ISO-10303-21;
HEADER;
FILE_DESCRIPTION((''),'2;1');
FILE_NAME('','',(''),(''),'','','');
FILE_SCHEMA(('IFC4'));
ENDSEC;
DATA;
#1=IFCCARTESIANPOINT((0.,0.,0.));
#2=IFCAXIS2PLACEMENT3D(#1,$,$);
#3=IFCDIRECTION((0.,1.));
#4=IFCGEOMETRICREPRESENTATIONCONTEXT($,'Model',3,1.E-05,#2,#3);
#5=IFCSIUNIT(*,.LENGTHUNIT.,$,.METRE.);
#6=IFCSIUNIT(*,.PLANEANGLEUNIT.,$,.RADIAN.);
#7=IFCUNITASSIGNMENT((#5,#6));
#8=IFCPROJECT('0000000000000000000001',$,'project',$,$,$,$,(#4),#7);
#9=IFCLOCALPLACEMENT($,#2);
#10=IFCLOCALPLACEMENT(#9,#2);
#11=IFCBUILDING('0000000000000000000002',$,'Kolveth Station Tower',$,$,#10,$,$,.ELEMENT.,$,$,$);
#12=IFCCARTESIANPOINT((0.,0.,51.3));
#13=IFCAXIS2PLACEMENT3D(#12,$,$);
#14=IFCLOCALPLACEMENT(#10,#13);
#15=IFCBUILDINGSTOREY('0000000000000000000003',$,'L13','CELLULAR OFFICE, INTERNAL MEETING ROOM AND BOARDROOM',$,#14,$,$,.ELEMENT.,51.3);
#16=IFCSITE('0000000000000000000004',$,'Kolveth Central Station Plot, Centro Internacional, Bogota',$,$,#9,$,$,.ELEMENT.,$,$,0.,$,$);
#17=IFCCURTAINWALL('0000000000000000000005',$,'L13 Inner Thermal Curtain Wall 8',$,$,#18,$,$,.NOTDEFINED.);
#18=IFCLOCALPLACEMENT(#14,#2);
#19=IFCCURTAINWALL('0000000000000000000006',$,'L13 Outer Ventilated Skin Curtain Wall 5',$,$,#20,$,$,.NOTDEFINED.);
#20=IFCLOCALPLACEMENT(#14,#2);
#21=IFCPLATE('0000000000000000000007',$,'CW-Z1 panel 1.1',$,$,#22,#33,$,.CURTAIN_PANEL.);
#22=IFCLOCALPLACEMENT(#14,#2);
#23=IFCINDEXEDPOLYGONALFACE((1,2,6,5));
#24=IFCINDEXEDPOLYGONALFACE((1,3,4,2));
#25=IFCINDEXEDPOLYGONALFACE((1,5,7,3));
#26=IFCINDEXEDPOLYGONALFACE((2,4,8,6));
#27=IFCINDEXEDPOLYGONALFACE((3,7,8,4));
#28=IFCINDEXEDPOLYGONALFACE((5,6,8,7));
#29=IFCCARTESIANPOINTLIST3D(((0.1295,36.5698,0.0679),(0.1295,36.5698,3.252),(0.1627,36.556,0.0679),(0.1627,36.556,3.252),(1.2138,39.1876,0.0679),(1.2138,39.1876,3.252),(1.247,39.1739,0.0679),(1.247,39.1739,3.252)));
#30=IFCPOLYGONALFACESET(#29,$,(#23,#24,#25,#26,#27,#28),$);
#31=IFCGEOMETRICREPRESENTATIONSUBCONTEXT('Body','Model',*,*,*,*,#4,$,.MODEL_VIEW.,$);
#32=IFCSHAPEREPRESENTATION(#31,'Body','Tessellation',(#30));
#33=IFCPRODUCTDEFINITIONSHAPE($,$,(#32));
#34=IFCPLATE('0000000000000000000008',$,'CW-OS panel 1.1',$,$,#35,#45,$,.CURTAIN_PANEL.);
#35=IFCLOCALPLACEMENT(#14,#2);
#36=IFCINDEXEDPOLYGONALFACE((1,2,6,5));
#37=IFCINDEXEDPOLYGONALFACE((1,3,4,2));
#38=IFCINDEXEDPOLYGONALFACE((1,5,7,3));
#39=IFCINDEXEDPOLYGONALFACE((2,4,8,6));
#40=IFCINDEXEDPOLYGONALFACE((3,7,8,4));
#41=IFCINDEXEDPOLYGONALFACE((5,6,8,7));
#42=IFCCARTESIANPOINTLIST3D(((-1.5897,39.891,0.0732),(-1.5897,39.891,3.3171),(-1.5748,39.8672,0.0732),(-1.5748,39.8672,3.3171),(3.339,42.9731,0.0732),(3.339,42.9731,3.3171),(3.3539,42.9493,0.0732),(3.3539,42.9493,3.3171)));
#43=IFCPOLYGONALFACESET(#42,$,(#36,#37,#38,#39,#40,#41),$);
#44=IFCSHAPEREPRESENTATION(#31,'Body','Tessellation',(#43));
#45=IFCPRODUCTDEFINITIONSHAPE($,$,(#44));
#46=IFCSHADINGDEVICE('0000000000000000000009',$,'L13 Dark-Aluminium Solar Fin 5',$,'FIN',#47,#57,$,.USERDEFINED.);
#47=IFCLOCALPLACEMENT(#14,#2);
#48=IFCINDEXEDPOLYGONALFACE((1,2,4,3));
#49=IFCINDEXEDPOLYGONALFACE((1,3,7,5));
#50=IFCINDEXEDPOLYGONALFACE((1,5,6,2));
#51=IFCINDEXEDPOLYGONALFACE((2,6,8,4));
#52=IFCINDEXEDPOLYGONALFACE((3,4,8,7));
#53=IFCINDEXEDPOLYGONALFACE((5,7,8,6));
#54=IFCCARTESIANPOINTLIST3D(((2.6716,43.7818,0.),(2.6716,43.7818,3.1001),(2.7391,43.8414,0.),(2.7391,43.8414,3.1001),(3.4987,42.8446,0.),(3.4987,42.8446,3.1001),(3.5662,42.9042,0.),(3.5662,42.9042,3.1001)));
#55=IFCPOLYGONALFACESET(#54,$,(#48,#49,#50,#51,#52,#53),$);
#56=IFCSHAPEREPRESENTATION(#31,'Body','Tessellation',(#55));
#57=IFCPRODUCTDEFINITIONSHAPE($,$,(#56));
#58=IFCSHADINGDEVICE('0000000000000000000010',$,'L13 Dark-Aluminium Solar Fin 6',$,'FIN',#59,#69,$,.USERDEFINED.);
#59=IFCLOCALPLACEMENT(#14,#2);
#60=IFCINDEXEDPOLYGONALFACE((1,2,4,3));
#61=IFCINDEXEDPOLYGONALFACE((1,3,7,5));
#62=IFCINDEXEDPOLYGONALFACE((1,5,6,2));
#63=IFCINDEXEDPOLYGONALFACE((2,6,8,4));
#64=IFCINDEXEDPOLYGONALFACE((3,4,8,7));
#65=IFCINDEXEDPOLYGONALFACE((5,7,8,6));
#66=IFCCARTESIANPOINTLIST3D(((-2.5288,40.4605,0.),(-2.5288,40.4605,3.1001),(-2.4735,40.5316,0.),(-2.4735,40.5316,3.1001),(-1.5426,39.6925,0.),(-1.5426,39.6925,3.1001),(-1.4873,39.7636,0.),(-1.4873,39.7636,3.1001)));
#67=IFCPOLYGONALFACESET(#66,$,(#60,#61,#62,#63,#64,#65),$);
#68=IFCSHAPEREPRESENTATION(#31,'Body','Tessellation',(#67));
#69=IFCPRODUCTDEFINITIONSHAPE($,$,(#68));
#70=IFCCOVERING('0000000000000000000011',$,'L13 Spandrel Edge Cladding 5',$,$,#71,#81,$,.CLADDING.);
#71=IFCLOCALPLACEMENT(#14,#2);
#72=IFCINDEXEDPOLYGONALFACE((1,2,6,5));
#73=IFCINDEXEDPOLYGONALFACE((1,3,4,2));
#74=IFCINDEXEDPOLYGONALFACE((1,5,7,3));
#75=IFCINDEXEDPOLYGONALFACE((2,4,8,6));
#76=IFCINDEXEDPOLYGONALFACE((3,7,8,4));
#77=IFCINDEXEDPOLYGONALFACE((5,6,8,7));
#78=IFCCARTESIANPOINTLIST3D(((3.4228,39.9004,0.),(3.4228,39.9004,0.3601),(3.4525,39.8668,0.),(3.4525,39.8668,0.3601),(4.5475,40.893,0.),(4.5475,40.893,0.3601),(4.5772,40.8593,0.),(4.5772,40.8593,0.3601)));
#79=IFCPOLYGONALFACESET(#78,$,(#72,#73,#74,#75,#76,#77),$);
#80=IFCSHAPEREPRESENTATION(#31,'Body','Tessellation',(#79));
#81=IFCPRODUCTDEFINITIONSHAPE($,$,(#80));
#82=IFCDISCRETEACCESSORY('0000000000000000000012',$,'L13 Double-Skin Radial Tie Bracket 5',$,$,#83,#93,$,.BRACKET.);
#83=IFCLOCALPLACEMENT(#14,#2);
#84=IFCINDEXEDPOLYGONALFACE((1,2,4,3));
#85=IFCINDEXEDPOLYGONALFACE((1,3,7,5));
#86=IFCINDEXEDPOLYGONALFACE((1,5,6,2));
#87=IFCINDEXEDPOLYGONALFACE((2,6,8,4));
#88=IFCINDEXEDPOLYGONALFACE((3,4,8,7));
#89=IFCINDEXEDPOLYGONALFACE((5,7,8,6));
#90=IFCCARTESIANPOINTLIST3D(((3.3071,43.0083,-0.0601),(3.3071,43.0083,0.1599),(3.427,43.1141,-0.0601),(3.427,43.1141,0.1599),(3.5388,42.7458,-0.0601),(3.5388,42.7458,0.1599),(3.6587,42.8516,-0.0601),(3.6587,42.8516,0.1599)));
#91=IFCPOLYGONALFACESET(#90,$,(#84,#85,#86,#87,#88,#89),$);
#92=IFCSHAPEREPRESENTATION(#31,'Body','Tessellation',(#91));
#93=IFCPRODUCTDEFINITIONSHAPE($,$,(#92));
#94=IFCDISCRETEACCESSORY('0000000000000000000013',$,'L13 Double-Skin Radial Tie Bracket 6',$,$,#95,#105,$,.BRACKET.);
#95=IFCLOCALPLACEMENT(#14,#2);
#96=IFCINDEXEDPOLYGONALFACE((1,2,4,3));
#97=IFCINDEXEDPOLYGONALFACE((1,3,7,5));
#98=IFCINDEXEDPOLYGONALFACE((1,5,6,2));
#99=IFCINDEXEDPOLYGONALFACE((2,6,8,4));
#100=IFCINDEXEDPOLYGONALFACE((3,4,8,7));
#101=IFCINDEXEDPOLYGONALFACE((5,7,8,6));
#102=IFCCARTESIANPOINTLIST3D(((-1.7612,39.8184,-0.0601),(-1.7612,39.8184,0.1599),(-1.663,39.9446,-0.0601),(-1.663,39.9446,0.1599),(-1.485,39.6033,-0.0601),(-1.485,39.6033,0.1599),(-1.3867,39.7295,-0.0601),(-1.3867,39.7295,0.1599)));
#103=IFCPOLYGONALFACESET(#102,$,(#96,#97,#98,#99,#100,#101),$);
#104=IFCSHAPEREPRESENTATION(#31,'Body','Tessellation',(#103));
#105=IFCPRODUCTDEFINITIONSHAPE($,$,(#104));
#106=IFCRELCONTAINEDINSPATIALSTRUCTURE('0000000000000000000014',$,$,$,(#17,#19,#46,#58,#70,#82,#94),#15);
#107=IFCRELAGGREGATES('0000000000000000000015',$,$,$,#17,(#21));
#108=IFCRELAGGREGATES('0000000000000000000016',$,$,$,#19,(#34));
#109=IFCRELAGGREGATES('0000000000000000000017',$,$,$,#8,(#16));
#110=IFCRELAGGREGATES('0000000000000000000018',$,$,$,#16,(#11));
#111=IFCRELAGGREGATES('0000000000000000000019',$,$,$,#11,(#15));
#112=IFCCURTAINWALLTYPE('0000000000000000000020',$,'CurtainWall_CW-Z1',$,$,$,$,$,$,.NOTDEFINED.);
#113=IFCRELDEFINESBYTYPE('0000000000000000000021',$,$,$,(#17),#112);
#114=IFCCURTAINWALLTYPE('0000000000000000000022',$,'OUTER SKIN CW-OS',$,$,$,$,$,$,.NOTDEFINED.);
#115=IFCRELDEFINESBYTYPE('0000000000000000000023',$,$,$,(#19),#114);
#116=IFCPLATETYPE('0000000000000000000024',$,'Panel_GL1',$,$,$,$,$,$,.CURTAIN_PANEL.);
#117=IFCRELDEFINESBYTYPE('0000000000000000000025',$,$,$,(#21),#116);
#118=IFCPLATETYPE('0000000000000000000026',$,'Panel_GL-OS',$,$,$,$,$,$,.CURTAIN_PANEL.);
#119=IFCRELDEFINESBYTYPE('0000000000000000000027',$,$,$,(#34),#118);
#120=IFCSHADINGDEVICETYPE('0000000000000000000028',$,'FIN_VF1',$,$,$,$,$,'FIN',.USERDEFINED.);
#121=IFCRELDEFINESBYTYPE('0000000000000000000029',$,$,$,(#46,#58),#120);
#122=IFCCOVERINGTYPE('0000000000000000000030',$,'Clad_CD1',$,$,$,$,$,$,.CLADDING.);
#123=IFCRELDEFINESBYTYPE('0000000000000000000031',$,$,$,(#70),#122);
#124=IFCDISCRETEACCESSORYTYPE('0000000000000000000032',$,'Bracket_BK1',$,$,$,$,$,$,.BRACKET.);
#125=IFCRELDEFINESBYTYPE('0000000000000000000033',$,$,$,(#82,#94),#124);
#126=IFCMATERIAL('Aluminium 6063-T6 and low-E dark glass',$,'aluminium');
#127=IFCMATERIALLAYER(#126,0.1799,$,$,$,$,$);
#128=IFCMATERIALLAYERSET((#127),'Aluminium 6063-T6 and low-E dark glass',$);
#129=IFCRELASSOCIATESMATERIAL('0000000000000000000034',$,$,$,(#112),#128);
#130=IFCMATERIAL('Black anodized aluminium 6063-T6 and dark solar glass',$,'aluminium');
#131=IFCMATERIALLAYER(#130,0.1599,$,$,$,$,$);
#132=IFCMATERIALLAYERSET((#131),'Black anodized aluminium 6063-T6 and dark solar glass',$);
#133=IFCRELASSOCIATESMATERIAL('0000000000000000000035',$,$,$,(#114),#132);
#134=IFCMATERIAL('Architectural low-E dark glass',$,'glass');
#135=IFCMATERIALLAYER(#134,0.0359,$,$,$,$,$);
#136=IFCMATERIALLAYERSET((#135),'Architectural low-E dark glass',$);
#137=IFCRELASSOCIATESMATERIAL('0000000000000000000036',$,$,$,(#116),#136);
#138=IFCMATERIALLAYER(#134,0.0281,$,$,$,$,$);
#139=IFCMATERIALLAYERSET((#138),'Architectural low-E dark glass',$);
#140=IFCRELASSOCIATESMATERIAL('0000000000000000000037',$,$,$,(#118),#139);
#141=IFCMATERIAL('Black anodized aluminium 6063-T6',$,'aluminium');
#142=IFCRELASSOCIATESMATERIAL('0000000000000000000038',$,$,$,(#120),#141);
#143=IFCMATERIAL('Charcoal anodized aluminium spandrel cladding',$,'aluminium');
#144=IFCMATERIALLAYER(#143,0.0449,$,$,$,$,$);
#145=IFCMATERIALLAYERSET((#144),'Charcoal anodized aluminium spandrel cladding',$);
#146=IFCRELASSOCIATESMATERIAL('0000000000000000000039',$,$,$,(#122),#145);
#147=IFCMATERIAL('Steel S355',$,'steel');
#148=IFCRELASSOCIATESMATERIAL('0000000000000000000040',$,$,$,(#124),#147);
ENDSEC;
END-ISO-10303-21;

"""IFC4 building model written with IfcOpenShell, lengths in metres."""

from ifc_helpers import new_model, si_unit, direction, frame, origin, origin_2d, place, context, subcontext, project, spatial, rectangle, extrude, source, transform, mapped, material, layer, layer_set, type_object, element, aggregate, save


model = new_model("IFC4")

# Units and contexts
model_context = context("Model", 3, precision=1e-05, world=origin(), true_north=direction((0.0, 1.0)))
body_context = subcontext(model_context, "Body", "Model", "MODEL_VIEW")
ifc_project = project(units=[si_unit("LENGTHUNIT", "METRE"), si_unit("PLANEANGLEUNIT", "RADIAN")], contexts=[model_context])

# Site, building, storey
site_placement = place(None, origin())
site = spatial("IfcSite", under=ifc_project, at=site_placement, Name="Kolveth Central Station Plot, Centro Internacional, Bogota", CompositionType="ELEMENT", RefElevation=0.0)
building_placement = place(site_placement, origin())
building = spatial("IfcBuilding", under=site, at=building_placement, Name="Kolveth Station Tower", CompositionType="ELEMENT")
storey_placement = place(building_placement, frame((0.0, 0.0, 51.3)))
storey = spatial("IfcBuildingStorey", under=building, at=storey_placement, Name="L13", Description="CELLULAR OFFICE, INTERNAL MEETING ROOM AND BOARDROOM", CompositionType="ELEMENT", Elevation=51.3)

# Shared definitions
ifc_material_1 = material(Name="Aluminium 6063-T6 and low-E dark glass", Category="aluminium")
ifc_layer_1 = layer(ifc_material_1, 0.1799)
ifc_layer_set_1 = layer_set([ifc_layer_1], Name="Aluminium 6063-T6 and low-E dark glass")
curtain_wall_type_1 = type_object("IfcCurtainWallType", Name="CurtainWall_CW-Z1", PredefinedType="NOTDEFINED", material=ifc_layer_set_1)
ifc_material_2 = material(Name="Black anodized aluminium 6063-T6", Category="aluminium")

# Curtain wall
curtain_wall_1_placement = place(storey_placement, origin())
curtain_wall_1 = element("IfcCurtainWall", 1, at=curtain_wall_1_placement, inside=storey, type_object=curtain_wall_type_1, Name="L13 Inner Thermal Curtain Wall 8", PredefinedType="NOTDEFINED")

# Shared definitions
ifc_material_3 = material(Name="Black anodized aluminium 6063-T6 and dark solar glass", Category="aluminium")
ifc_layer_2 = layer(ifc_material_3, 0.1599)
ifc_layer_set_2 = layer_set([ifc_layer_2], Name="Black anodized aluminium 6063-T6 and dark solar glass")
curtain_wall_type_2 = type_object("IfcCurtainWallType", Name="OUTER SKIN CW-OS", PredefinedType="NOTDEFINED", material=ifc_layer_set_2)

# Curtain wall
curtain_wall_2_placement = place(storey_placement, origin())
curtain_wall_2 = element("IfcCurtainWall", 2, at=curtain_wall_2_placement, inside=storey, type_object=curtain_wall_type_2, Name="L13 Outer Ventilated Skin Curtain Wall 5", PredefinedType="NOTDEFINED")

# Plates
ifc_material_4 = material(Name="Architectural low-E dark glass", Category="glass")
ifc_layer_3 = layer(ifc_material_4, 0.0359)
ifc_layer_set_3 = layer_set([ifc_layer_3], Name="Architectural low-E dark glass")
plate_type_1 = type_object("IfcPlateType", Name="Panel_GL1", PredefinedType="CURTAIN_PANEL", material=ifc_layer_set_3)
shared_shape_1 = source(origin(), body_context, "Body", "SweptSolid", [
    extrude(rectangle(XDim=2.8335, YDim=0.0359, at=origin_2d()), origin(), (0.0, 0.0, 1.0), 3.1841),
])
plate_1_placement = place(storey_placement, frame((0.6882, 37.8718, 0.0679), z_axis=(0.0, 0.0, 1.0), x_axis=(-0.382673, -0.923884, 0.0)))
plate_1 = element("IfcPlate", 3, at=plate_1_placement, type_object=plate_type_1, Name="CW-Z1 panel 1.1", PredefinedType="CURTAIN_PANEL", context=body_context, shape_type="MappedRepresentation", body=[
    mapped(shared_shape_1, transform((0.0, 0.0, 0.0), x_axis=(1.0, 0.0, 0.0), y_axis=(0.0, 1.0, 0.0), z_axis=(0.0, 0.0, 1.0), scale=1.0)),
])
aggregate(curtain_wall_1, [plate_1])
ifc_layer_4 = layer(ifc_material_4, 0.0281)
ifc_layer_set_4 = layer_set([ifc_layer_4], Name="Architectural low-E dark glass")
plate_type_2 = type_object("IfcPlateType", Name="Panel_GL-OS", PredefinedType="CURTAIN_PANEL", material=ifc_layer_set_4)
shared_shape_2 = source(origin(), body_context, "Body", "SweptSolid", [
    extrude(rectangle(XDim=5.813, YDim=0.0281, at=origin_2d()), origin(), (0.0, 0.0, 1.0), 3.2439),
])
plate_2_placement = place(storey_placement, frame((0.8821, 41.4202, 0.0732), z_axis=(0.0, 0.0, 1.0), x_axis=(-0.847873, -0.530199, 0.0)))
plate_2 = element("IfcPlate", 4, at=plate_2_placement, type_object=plate_type_2, Name="CW-OS panel 1.1", PredefinedType="CURTAIN_PANEL", context=body_context, shape_type="MappedRepresentation", body=[
    mapped(shared_shape_2, transform((0.0, 0.0, 0.0), x_axis=(1.0, 0.0, 0.0), y_axis=(0.0, 1.0, 0.0), z_axis=(0.0, 0.0, 1.0), scale=1.0)),
])
aggregate(curtain_wall_2, [plate_2])

# Shading devices
shading_device_type = type_object("IfcShadingDeviceType", Name="FIN_VF1", ElementType="FIN", PredefinedType="USERDEFINED", material=ifc_material_2)
shared_shape_3 = source(origin(), body_context, "Body", "SweptSolid", [
    extrude(rectangle(XDim=1.25, YDim=0.0901, at=origin_2d()), origin(), (0.0, 0.0, 1.0), 3.1001),
])
for number, where, z_axis, x_axis, name in (
    (5, (3.1189, 43.343, 0.0), (0.0, 0.0, 1.0), (-0.661705, 0.749765, 0.0), "L13 Dark-Aluminium Solar Fin 5"),
    (6, (-2.0081, 40.1121, 0.0), (0.0, 0.0, 1.0), (-0.788977, 0.614423, 0.0), "L13 Dark-Aluminium Solar Fin 6"),
):
    element("IfcShadingDevice", number, at=place(storey_placement, frame(where, z_axis=z_axis, x_axis=x_axis)), inside=storey, type_object=shading_device_type, Name=name, ObjectType="FIN", PredefinedType="USERDEFINED", context=body_context, shape_type="MappedRepresentation", body=[
        mapped(shared_shape_3, transform((0.0, 0.0, 0.0), x_axis=(1.0, 0.0, 0.0), y_axis=(0.0, 1.0, 0.0), z_axis=(0.0, 0.0, 1.0), scale=1.0)),
    ])

# Covering
ifc_material_5 = material(Name="Charcoal anodized aluminium spandrel cladding", Category="aluminium")
ifc_layer_5 = layer(ifc_material_5, 0.0449)
ifc_layer_set_5 = layer_set([ifc_layer_5], Name="Charcoal anodized aluminium spandrel cladding")
covering_type = type_object("IfcCoveringType", Name="Clad_CD1", PredefinedType="CLADDING", material=ifc_layer_set_5)
shared_shape_4 = source(origin(), body_context, "Body", "SweptSolid", [
    extrude(rectangle(XDim=1.5, YDim=0.0449, at=origin_2d()), origin(), (0.0, 0.0, 1.0), 0.3601),
])
covering_placement = place(storey_placement, frame((4.0, 40.3799, 0.0), z_axis=(0.0, 0.0, 1.0), x_axis=(-0.749765, -0.661705, 0.0)))
element("IfcCovering", 7, at=covering_placement, inside=storey, type_object=covering_type, Name="L13 Spandrel Edge Cladding 5", PredefinedType="CLADDING", context=body_context, shape_type="MappedRepresentation", body=[
    mapped(shared_shape_4, transform((0.0, 0.0, 0.0), x_axis=(1.0, 0.0, 0.0), y_axis=(0.0, 1.0, 0.0), z_axis=(0.0, 0.0, 1.0), scale=1.0)),
])

# Discrete accessories
ifc_material_6 = material(Name="Steel S355", Category="steel")
discrete_accessory_type = type_object("IfcDiscreteAccessoryType", Name="Bracket_BK1", PredefinedType="BRACKET", material=ifc_material_6)
shared_shape_5 = source(origin(), body_context, "Body", "SweptSolid", [
    extrude(rectangle(XDim=0.3501, YDim=0.1599, at=origin_2d()), origin(), (0.0, 0.0, 1.0), 0.22),
])
for number, where, z_axis, x_axis, name in (
    (8, (3.4829, 42.9299, -0.0601), (0.0, 0.0, 1.0), (-0.661705, 0.749765, 0.0), "L13 Double-Skin Radial Tie Bracket 5"),
    (9, (-1.574, 39.7739, -0.0601), (0.0, 0.0, 1.0), (-0.788977, 0.614423, 0.0), "L13 Double-Skin Radial Tie Bracket 6"),
):
    element("IfcDiscreteAccessory", number, at=place(storey_placement, frame(where, z_axis=z_axis, x_axis=x_axis)), inside=storey, type_object=discrete_accessory_type, Name=name, PredefinedType="BRACKET", context=body_context, shape_type="MappedRepresentation", body=[
        mapped(shared_shape_5, transform((0.0, 0.0, 0.0), x_axis=(1.0, 0.0, 0.0), y_axis=(0.0, 1.0, 0.0), z_axis=(0.0, 0.0, 1.0), scale=1.0)),
    ])

save(model, "model.ifc")
